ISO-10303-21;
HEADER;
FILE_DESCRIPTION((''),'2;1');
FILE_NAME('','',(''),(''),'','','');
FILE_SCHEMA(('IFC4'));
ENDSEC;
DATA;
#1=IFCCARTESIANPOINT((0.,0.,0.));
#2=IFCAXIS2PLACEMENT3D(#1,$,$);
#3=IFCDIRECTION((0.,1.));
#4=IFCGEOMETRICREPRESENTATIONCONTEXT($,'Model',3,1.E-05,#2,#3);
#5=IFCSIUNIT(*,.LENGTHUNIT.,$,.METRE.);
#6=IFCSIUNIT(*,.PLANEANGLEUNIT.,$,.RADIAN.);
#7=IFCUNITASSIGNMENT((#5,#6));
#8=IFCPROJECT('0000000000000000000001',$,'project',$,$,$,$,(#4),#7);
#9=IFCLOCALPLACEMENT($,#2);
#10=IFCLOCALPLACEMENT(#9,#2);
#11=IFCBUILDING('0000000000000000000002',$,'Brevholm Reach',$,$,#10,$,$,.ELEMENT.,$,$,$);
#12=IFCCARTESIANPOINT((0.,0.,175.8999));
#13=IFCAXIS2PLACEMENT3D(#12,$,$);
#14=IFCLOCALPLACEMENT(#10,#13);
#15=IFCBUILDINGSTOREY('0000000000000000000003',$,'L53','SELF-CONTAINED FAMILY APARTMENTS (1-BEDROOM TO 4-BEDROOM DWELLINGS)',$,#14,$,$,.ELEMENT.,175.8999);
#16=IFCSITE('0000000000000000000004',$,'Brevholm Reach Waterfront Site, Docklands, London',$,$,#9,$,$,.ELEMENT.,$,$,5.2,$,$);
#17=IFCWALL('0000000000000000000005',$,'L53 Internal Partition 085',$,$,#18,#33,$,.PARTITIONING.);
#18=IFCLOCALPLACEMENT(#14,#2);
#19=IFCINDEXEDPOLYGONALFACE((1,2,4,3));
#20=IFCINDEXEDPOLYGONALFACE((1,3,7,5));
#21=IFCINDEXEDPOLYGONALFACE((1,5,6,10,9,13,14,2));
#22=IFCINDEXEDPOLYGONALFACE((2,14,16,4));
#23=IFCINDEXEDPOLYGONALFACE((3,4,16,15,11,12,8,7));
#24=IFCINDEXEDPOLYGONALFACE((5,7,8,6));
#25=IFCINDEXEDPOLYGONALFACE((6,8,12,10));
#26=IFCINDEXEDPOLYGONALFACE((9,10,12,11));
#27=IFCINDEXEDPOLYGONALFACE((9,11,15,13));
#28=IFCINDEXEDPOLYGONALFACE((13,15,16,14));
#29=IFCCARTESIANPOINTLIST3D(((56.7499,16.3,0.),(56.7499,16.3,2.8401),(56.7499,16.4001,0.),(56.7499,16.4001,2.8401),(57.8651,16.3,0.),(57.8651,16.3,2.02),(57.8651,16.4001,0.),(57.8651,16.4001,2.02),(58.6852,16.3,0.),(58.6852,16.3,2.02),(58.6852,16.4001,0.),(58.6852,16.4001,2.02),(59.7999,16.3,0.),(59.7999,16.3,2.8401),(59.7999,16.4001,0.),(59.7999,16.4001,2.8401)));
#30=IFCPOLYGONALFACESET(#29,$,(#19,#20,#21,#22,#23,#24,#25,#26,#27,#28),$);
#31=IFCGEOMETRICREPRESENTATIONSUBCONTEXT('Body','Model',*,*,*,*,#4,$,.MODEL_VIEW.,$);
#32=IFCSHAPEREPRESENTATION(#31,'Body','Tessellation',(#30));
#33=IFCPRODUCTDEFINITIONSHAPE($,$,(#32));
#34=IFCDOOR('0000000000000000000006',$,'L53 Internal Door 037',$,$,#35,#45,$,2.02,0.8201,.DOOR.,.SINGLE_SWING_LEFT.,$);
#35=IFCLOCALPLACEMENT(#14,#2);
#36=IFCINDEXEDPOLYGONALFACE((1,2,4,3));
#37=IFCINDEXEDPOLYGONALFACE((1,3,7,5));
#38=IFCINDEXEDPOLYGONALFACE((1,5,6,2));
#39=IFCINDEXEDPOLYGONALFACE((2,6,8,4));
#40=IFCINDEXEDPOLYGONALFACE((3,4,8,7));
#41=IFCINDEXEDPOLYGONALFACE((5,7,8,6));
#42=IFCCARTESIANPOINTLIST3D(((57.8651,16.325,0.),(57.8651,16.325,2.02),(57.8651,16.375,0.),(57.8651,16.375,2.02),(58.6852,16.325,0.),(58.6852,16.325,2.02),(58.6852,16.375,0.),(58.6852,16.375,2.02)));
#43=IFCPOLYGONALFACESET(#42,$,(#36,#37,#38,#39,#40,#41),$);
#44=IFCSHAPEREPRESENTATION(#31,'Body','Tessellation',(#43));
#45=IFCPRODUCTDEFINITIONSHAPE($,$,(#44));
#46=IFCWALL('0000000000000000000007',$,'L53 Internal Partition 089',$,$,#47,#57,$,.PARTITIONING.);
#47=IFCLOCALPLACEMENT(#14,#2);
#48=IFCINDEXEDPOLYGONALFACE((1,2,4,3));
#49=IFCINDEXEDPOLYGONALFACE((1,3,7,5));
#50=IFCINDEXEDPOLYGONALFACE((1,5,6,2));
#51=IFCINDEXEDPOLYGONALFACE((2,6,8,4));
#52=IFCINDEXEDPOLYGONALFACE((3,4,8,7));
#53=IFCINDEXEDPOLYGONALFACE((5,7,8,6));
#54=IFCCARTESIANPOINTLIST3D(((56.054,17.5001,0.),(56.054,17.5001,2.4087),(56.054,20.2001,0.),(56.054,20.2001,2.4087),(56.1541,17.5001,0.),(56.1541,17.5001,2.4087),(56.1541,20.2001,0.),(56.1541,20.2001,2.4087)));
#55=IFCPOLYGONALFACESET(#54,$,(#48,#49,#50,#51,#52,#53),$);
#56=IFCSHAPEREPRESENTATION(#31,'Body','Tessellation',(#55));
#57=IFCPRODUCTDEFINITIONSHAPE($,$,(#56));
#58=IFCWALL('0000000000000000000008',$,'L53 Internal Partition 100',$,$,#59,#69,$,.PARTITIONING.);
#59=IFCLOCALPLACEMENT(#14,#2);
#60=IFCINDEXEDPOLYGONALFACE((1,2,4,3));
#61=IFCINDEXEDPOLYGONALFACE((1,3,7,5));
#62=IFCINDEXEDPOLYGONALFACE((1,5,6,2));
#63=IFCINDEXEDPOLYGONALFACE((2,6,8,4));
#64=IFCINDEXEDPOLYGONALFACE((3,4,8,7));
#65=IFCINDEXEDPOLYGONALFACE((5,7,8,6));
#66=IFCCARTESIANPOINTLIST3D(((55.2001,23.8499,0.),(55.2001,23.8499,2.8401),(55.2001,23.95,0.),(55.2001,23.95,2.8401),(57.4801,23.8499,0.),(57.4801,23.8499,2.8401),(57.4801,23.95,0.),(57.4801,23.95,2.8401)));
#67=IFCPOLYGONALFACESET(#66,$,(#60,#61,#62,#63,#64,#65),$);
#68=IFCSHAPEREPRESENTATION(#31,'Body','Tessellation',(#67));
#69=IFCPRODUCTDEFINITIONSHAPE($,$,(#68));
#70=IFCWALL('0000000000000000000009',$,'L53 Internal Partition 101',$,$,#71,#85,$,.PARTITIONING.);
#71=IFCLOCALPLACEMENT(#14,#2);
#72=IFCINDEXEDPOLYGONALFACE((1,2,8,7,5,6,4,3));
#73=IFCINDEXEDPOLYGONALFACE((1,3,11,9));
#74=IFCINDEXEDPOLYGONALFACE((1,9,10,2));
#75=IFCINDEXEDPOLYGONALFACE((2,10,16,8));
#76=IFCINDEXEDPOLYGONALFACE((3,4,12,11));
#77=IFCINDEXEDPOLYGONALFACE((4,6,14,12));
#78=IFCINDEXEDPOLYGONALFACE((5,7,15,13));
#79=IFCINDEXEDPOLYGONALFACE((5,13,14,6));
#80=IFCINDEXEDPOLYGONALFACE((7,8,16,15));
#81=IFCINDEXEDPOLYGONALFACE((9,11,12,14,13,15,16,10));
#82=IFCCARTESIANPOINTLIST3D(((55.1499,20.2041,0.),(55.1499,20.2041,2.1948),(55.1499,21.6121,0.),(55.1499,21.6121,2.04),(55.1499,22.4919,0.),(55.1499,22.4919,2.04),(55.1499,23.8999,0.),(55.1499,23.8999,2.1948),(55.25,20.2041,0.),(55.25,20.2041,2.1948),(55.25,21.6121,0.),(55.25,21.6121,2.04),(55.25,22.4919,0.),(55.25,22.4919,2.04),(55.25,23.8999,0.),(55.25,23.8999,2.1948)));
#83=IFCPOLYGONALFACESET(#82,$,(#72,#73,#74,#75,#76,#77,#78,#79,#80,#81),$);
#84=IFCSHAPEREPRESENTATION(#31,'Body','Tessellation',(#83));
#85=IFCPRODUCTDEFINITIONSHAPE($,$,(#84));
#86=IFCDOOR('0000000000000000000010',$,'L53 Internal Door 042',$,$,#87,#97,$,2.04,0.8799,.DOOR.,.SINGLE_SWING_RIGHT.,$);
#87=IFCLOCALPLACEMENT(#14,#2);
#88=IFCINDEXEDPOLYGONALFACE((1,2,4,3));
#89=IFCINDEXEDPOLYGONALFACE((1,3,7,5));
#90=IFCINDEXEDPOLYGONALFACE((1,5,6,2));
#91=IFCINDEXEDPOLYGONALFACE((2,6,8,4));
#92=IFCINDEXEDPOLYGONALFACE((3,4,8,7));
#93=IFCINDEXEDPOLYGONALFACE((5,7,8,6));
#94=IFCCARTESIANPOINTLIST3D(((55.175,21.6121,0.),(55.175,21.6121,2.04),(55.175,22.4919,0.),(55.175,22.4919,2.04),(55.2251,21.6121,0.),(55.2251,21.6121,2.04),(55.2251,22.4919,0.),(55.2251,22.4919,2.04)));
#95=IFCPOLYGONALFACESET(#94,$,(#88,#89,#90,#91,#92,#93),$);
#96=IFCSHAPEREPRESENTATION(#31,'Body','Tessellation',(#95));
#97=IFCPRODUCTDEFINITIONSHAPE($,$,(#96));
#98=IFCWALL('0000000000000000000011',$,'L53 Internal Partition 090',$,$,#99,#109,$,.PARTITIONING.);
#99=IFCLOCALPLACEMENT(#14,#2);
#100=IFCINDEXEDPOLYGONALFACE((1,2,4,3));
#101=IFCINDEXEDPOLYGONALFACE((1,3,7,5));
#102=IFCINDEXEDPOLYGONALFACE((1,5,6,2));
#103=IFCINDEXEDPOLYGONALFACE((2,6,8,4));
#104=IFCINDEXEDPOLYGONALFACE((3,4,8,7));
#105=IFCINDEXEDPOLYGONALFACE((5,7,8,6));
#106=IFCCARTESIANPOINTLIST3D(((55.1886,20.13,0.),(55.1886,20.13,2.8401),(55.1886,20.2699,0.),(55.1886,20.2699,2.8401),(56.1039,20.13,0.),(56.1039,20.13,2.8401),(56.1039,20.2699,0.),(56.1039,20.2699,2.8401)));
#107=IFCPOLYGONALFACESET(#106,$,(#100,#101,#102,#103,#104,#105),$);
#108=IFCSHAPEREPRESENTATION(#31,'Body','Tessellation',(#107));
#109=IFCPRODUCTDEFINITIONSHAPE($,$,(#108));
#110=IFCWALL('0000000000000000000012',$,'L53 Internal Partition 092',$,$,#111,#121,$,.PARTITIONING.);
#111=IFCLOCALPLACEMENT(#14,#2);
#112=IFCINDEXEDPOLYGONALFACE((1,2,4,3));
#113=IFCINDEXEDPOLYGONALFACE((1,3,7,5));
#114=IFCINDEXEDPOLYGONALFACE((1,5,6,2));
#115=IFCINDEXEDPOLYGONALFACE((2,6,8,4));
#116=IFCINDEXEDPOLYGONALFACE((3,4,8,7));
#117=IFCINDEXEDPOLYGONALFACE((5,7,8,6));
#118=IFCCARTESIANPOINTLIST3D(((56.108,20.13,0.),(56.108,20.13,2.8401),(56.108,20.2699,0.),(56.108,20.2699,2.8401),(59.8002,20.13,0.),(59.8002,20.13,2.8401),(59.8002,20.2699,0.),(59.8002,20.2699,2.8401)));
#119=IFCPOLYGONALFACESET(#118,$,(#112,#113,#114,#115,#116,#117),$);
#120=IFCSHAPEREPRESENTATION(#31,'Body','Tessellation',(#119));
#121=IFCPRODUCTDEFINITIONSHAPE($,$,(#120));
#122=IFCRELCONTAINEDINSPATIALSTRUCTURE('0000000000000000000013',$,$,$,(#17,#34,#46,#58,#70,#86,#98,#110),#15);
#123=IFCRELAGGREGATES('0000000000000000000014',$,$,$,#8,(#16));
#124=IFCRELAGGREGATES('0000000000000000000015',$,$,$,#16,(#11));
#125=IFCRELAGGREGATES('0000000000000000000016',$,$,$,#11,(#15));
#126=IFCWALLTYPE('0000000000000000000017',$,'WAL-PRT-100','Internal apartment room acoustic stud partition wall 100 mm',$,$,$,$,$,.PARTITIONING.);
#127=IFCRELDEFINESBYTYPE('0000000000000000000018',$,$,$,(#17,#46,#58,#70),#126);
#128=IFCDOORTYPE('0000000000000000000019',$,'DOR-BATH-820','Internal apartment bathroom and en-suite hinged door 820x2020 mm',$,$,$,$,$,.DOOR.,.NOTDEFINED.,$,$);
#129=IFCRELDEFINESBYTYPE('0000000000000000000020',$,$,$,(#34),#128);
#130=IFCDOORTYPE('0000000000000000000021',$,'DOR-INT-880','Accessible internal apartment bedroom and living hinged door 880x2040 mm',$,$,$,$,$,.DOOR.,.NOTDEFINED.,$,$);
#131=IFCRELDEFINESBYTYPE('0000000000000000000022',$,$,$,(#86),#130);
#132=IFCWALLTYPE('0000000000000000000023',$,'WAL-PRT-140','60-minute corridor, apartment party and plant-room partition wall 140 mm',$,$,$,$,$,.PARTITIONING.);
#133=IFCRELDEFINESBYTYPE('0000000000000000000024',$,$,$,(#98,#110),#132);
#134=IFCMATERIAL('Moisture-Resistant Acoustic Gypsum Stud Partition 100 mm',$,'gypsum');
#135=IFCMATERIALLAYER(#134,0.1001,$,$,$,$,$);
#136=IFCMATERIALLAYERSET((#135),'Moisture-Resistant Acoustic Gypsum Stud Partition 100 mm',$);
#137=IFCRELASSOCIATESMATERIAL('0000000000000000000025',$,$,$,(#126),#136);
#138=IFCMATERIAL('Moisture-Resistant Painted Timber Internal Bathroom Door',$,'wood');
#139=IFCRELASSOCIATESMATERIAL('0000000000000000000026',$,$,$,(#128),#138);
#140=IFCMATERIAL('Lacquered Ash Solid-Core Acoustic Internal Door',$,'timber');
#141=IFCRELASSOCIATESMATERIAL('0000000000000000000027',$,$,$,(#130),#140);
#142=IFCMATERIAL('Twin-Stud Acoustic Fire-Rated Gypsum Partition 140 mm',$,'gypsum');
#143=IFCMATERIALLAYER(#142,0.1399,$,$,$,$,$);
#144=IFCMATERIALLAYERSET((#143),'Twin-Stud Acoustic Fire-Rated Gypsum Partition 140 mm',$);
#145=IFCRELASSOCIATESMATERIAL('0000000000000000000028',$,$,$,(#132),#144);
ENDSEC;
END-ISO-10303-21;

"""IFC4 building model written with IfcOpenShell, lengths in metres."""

from ifc_helpers import new_model, si_unit, direction, frame, frame_2d, origin, place, context, subcontext, project, spatial, rectangle, extrude, material, layer, layer_set, type_object, element, fill, save


model = new_model("IFC4")

# Units and contexts
model_context = context("Model", 3, precision=1e-05, world=origin(), true_north=direction((0.0, 1.0)))
body_context = subcontext(model_context, "Body", "Model", "MODEL_VIEW")
ifc_project = project(units=[si_unit("LENGTHUNIT", "METRE"), si_unit("PLANEANGLEUNIT", "RADIAN")], contexts=[model_context])

# Site, building, storey
site_placement = place(None, origin())
site = spatial("IfcSite", under=ifc_project, at=site_placement, Name="Brevholm Reach Waterfront Site, Docklands, London", CompositionType="ELEMENT", RefElevation=5.2)
building_placement = place(site_placement, origin())
building = spatial("IfcBuilding", under=site, at=building_placement, Name="Brevholm Reach", CompositionType="ELEMENT")
storey_placement = place(building_placement, frame((0.0, 0.0, 175.8999)))
storey = spatial("IfcBuildingStorey", under=building, at=storey_placement, Name="L53", Description="SELF-CONTAINED FAMILY APARTMENTS (1-BEDROOM TO 4-BEDROOM DWELLINGS)", CompositionType="ELEMENT", Elevation=175.8999)

# Wall, opening, door
ifc_material_1 = material(Name="Moisture-Resistant Acoustic Gypsum Stud Partition 100 mm", Category="gypsum")
ifc_layer_1 = layer(ifc_material_1, 0.1001)
ifc_layer_set_1 = layer_set([ifc_layer_1], Name="Moisture-Resistant Acoustic Gypsum Stud Partition 100 mm")
wall_type_1 = type_object("IfcWallType", Name="WAL-PRT-100", Description="Internal apartment room acoustic stud partition wall 100 mm", PredefinedType="PARTITIONING", material=ifc_layer_set_1)
wall_1_placement = place(storey_placement, frame((56.75, 16.3501, 0.0), z_axis=(0.0, 0.0, 1.0), x_axis=(1.0, 0.0, 0.0)))
wall_1 = element("IfcWall", 1, at=wall_1_placement, inside=storey, type_object=wall_type_1, Name="L53 Internal Partition 085", PredefinedType="PARTITIONING", context=body_context, shape_type="SweptSolid", body=[
    extrude(rectangle(XDim=3.05, YDim=0.1001, at=frame_2d((1.5249, 0.0))), origin(), (0.0, 0.0, 1.0), 2.8401),
])
opening_1_placement = place(wall_1_placement, frame((1.115, 0.0, 0.0)))
opening_1 = element("IfcOpeningElement", 2, at=opening_1_placement, cuts=wall_1, PredefinedType="OPENING", context=body_context, shape_type="SweptSolid", body=[
    extrude(rectangle(XDim=0.8201, YDim=2.02, at=frame_2d((0.4102, 1.01))), frame((0.0, 0.0601, 0.0), z_axis=(0.0, -1.0, 0.0), x_axis=(1.0, 0.0, 0.0)), (0.0, 0.0, 1.0), 0.1201),
])
ifc_material_2 = material(Name="Moisture-Resistant Painted Timber Internal Bathroom Door", Category="wood")
door_type_1 = type_object("IfcDoorType", Name="DOR-BATH-820", Description="Internal apartment bathroom and en-suite hinged door 820x2020 mm", OperationType="NOTDEFINED", PredefinedType="DOOR", material=ifc_material_2)
door_1_placement = place(opening_1_placement, origin())
door_1 = element("IfcDoor", 3, at=door_1_placement, inside=storey, type_object=door_type_1, Name="L53 Internal Door 037", OperationType="SINGLE_SWING_LEFT", OverallHeight=2.02, OverallWidth=0.8201, PredefinedType="DOOR", context=body_context, shape_type="SweptSolid", body=[
    extrude(rectangle(XDim=0.8201, YDim=2.02, at=frame_2d((0.4102, 1.01))), frame((0.0, 0.0249, 0.0), z_axis=(0.0, -1.0, 0.0), x_axis=(1.0, 0.0, 0.0)), (0.0, 0.0, 1.0), 0.05),
])
fill(opening_1, door_1)

# Walls
wall_2_placement = place(storey_placement, frame((56.104, 17.5, 0.0), z_axis=(0.0, 0.0, 1.0), x_axis=(0.0, 1.0, 0.0)))
element("IfcWall", 4, at=wall_2_placement, inside=storey, type_object=wall_type_1, Name="L53 Internal Partition 089", PredefinedType="PARTITIONING", context=body_context, shape_type="SweptSolid", body=[
    extrude(rectangle(XDim=2.7, YDim=0.1001, at=frame_2d((1.3501, 0.0))), origin(), (0.0, 0.0, 1.0), 2.4087),
])
wall_3_placement = place(storey_placement, frame((55.2, 23.8999, 0.0), z_axis=(0.0, 0.0, 1.0), x_axis=(1.0, 0.0, 0.0)))
element("IfcWall", 5, at=wall_3_placement, inside=storey, type_object=wall_type_1, Name="L53 Internal Partition 100", PredefinedType="PARTITIONING", context=body_context, shape_type="SweptSolid", body=[
    extrude(rectangle(XDim=2.28, YDim=0.1001, at=frame_2d((1.1401, 0.0))), origin(), (0.0, 0.0, 1.0), 2.8401),
])

# Wall, opening, door
wall_4_placement = place(storey_placement, frame((55.2, 20.2041, 0.0), z_axis=(0.0, 0.0, 1.0), x_axis=(0.0, 1.0, 0.0)))
wall_4 = element("IfcWall", 6, at=wall_4_placement, inside=storey, type_object=wall_type_1, Name="L53 Internal Partition 101", PredefinedType="PARTITIONING", context=body_context, shape_type="SweptSolid", body=[
    extrude(rectangle(XDim=3.6958, YDim=0.1001, at=frame_2d((1.8479, 0.0))), origin(), (0.0, 0.0, 1.0), 2.1948),
])
opening_2_placement = place(wall_4_placement, frame((1.408, 0.0, 0.0)))
opening_2 = element("IfcOpeningElement", 7, at=opening_2_placement, cuts=wall_4, PredefinedType="OPENING", context=body_context, shape_type="SweptSolid", body=[
    extrude(rectangle(XDim=0.8799, YDim=2.04, at=frame_2d((0.4399, 1.02))), frame((0.0, 0.0601, 0.0), z_axis=(0.0, -1.0, 0.0), x_axis=(1.0, 0.0, 0.0)), (0.0, 0.0, 1.0), 0.1201),
])
ifc_material_3 = material(Name="Lacquered Ash Solid-Core Acoustic Internal Door", Category="timber")
door_type_2 = type_object("IfcDoorType", Name="DOR-INT-880", Description="Accessible internal apartment bedroom and living hinged door 880x2040 mm", OperationType="NOTDEFINED", PredefinedType="DOOR", material=ifc_material_3)
door_2_placement = place(opening_2_placement, origin())
door_2 = element("IfcDoor", 8, at=door_2_placement, inside=storey, type_object=door_type_2, Name="L53 Internal Door 042", OperationType="SINGLE_SWING_RIGHT", OverallHeight=2.04, OverallWidth=0.8799, PredefinedType="DOOR", context=body_context, shape_type="SweptSolid", body=[
    extrude(rectangle(XDim=0.8799, YDim=2.04, at=frame_2d((0.4399, 1.02))), frame((0.0, 0.0249, 0.0), z_axis=(0.0, -1.0, 0.0), x_axis=(1.0, 0.0, 0.0)), (0.0, 0.0, 1.0), 0.05),
])
fill(opening_2, door_2)

# Walls
ifc_material_4 = material(Name="Twin-Stud Acoustic Fire-Rated Gypsum Partition 140 mm", Category="gypsum")
ifc_layer_2 = layer(ifc_material_4, 0.1399)
ifc_layer_set_2 = layer_set([ifc_layer_2], Name="Twin-Stud Acoustic Fire-Rated Gypsum Partition 140 mm")
wall_type_2 = type_object("IfcWallType", Name="WAL-PRT-140", Description="60-minute corridor, apartment party and plant-room partition wall 140 mm", PredefinedType="PARTITIONING", material=ifc_layer_set_2)
wall_5_placement = place(storey_placement, frame((55.1887, 20.2, 0.0), z_axis=(0.0, 0.0, 1.0), x_axis=(1.0, 0.0, 0.0)))
element("IfcWall", 9, at=wall_5_placement, inside=storey, type_object=wall_type_2, Name="L53 Internal Partition 090", PredefinedType="PARTITIONING", context=body_context, shape_type="SweptSolid", body=[
    extrude(rectangle(XDim=0.9153, YDim=0.1399, at=frame_2d((0.4575, 0.0))), origin(), (0.0, 0.0, 1.0), 2.8401),
])
wall_6_placement = place(storey_placement, frame((56.1079, 20.2, 0.0), z_axis=(0.0, 0.0, 1.0), x_axis=(1.0, 0.0, 0.0)))
element("IfcWall", 10, at=wall_6_placement, inside=storey, type_object=wall_type_2, Name="L53 Internal Partition 092", PredefinedType="PARTITIONING", context=body_context, shape_type="SweptSolid", body=[
    extrude(rectangle(XDim=3.6921, YDim=0.1399, at=frame_2d((1.8462, 0.0))), origin(), (0.0, 0.0, 1.0), 2.8401),
])

save(model, "model.ifc")
